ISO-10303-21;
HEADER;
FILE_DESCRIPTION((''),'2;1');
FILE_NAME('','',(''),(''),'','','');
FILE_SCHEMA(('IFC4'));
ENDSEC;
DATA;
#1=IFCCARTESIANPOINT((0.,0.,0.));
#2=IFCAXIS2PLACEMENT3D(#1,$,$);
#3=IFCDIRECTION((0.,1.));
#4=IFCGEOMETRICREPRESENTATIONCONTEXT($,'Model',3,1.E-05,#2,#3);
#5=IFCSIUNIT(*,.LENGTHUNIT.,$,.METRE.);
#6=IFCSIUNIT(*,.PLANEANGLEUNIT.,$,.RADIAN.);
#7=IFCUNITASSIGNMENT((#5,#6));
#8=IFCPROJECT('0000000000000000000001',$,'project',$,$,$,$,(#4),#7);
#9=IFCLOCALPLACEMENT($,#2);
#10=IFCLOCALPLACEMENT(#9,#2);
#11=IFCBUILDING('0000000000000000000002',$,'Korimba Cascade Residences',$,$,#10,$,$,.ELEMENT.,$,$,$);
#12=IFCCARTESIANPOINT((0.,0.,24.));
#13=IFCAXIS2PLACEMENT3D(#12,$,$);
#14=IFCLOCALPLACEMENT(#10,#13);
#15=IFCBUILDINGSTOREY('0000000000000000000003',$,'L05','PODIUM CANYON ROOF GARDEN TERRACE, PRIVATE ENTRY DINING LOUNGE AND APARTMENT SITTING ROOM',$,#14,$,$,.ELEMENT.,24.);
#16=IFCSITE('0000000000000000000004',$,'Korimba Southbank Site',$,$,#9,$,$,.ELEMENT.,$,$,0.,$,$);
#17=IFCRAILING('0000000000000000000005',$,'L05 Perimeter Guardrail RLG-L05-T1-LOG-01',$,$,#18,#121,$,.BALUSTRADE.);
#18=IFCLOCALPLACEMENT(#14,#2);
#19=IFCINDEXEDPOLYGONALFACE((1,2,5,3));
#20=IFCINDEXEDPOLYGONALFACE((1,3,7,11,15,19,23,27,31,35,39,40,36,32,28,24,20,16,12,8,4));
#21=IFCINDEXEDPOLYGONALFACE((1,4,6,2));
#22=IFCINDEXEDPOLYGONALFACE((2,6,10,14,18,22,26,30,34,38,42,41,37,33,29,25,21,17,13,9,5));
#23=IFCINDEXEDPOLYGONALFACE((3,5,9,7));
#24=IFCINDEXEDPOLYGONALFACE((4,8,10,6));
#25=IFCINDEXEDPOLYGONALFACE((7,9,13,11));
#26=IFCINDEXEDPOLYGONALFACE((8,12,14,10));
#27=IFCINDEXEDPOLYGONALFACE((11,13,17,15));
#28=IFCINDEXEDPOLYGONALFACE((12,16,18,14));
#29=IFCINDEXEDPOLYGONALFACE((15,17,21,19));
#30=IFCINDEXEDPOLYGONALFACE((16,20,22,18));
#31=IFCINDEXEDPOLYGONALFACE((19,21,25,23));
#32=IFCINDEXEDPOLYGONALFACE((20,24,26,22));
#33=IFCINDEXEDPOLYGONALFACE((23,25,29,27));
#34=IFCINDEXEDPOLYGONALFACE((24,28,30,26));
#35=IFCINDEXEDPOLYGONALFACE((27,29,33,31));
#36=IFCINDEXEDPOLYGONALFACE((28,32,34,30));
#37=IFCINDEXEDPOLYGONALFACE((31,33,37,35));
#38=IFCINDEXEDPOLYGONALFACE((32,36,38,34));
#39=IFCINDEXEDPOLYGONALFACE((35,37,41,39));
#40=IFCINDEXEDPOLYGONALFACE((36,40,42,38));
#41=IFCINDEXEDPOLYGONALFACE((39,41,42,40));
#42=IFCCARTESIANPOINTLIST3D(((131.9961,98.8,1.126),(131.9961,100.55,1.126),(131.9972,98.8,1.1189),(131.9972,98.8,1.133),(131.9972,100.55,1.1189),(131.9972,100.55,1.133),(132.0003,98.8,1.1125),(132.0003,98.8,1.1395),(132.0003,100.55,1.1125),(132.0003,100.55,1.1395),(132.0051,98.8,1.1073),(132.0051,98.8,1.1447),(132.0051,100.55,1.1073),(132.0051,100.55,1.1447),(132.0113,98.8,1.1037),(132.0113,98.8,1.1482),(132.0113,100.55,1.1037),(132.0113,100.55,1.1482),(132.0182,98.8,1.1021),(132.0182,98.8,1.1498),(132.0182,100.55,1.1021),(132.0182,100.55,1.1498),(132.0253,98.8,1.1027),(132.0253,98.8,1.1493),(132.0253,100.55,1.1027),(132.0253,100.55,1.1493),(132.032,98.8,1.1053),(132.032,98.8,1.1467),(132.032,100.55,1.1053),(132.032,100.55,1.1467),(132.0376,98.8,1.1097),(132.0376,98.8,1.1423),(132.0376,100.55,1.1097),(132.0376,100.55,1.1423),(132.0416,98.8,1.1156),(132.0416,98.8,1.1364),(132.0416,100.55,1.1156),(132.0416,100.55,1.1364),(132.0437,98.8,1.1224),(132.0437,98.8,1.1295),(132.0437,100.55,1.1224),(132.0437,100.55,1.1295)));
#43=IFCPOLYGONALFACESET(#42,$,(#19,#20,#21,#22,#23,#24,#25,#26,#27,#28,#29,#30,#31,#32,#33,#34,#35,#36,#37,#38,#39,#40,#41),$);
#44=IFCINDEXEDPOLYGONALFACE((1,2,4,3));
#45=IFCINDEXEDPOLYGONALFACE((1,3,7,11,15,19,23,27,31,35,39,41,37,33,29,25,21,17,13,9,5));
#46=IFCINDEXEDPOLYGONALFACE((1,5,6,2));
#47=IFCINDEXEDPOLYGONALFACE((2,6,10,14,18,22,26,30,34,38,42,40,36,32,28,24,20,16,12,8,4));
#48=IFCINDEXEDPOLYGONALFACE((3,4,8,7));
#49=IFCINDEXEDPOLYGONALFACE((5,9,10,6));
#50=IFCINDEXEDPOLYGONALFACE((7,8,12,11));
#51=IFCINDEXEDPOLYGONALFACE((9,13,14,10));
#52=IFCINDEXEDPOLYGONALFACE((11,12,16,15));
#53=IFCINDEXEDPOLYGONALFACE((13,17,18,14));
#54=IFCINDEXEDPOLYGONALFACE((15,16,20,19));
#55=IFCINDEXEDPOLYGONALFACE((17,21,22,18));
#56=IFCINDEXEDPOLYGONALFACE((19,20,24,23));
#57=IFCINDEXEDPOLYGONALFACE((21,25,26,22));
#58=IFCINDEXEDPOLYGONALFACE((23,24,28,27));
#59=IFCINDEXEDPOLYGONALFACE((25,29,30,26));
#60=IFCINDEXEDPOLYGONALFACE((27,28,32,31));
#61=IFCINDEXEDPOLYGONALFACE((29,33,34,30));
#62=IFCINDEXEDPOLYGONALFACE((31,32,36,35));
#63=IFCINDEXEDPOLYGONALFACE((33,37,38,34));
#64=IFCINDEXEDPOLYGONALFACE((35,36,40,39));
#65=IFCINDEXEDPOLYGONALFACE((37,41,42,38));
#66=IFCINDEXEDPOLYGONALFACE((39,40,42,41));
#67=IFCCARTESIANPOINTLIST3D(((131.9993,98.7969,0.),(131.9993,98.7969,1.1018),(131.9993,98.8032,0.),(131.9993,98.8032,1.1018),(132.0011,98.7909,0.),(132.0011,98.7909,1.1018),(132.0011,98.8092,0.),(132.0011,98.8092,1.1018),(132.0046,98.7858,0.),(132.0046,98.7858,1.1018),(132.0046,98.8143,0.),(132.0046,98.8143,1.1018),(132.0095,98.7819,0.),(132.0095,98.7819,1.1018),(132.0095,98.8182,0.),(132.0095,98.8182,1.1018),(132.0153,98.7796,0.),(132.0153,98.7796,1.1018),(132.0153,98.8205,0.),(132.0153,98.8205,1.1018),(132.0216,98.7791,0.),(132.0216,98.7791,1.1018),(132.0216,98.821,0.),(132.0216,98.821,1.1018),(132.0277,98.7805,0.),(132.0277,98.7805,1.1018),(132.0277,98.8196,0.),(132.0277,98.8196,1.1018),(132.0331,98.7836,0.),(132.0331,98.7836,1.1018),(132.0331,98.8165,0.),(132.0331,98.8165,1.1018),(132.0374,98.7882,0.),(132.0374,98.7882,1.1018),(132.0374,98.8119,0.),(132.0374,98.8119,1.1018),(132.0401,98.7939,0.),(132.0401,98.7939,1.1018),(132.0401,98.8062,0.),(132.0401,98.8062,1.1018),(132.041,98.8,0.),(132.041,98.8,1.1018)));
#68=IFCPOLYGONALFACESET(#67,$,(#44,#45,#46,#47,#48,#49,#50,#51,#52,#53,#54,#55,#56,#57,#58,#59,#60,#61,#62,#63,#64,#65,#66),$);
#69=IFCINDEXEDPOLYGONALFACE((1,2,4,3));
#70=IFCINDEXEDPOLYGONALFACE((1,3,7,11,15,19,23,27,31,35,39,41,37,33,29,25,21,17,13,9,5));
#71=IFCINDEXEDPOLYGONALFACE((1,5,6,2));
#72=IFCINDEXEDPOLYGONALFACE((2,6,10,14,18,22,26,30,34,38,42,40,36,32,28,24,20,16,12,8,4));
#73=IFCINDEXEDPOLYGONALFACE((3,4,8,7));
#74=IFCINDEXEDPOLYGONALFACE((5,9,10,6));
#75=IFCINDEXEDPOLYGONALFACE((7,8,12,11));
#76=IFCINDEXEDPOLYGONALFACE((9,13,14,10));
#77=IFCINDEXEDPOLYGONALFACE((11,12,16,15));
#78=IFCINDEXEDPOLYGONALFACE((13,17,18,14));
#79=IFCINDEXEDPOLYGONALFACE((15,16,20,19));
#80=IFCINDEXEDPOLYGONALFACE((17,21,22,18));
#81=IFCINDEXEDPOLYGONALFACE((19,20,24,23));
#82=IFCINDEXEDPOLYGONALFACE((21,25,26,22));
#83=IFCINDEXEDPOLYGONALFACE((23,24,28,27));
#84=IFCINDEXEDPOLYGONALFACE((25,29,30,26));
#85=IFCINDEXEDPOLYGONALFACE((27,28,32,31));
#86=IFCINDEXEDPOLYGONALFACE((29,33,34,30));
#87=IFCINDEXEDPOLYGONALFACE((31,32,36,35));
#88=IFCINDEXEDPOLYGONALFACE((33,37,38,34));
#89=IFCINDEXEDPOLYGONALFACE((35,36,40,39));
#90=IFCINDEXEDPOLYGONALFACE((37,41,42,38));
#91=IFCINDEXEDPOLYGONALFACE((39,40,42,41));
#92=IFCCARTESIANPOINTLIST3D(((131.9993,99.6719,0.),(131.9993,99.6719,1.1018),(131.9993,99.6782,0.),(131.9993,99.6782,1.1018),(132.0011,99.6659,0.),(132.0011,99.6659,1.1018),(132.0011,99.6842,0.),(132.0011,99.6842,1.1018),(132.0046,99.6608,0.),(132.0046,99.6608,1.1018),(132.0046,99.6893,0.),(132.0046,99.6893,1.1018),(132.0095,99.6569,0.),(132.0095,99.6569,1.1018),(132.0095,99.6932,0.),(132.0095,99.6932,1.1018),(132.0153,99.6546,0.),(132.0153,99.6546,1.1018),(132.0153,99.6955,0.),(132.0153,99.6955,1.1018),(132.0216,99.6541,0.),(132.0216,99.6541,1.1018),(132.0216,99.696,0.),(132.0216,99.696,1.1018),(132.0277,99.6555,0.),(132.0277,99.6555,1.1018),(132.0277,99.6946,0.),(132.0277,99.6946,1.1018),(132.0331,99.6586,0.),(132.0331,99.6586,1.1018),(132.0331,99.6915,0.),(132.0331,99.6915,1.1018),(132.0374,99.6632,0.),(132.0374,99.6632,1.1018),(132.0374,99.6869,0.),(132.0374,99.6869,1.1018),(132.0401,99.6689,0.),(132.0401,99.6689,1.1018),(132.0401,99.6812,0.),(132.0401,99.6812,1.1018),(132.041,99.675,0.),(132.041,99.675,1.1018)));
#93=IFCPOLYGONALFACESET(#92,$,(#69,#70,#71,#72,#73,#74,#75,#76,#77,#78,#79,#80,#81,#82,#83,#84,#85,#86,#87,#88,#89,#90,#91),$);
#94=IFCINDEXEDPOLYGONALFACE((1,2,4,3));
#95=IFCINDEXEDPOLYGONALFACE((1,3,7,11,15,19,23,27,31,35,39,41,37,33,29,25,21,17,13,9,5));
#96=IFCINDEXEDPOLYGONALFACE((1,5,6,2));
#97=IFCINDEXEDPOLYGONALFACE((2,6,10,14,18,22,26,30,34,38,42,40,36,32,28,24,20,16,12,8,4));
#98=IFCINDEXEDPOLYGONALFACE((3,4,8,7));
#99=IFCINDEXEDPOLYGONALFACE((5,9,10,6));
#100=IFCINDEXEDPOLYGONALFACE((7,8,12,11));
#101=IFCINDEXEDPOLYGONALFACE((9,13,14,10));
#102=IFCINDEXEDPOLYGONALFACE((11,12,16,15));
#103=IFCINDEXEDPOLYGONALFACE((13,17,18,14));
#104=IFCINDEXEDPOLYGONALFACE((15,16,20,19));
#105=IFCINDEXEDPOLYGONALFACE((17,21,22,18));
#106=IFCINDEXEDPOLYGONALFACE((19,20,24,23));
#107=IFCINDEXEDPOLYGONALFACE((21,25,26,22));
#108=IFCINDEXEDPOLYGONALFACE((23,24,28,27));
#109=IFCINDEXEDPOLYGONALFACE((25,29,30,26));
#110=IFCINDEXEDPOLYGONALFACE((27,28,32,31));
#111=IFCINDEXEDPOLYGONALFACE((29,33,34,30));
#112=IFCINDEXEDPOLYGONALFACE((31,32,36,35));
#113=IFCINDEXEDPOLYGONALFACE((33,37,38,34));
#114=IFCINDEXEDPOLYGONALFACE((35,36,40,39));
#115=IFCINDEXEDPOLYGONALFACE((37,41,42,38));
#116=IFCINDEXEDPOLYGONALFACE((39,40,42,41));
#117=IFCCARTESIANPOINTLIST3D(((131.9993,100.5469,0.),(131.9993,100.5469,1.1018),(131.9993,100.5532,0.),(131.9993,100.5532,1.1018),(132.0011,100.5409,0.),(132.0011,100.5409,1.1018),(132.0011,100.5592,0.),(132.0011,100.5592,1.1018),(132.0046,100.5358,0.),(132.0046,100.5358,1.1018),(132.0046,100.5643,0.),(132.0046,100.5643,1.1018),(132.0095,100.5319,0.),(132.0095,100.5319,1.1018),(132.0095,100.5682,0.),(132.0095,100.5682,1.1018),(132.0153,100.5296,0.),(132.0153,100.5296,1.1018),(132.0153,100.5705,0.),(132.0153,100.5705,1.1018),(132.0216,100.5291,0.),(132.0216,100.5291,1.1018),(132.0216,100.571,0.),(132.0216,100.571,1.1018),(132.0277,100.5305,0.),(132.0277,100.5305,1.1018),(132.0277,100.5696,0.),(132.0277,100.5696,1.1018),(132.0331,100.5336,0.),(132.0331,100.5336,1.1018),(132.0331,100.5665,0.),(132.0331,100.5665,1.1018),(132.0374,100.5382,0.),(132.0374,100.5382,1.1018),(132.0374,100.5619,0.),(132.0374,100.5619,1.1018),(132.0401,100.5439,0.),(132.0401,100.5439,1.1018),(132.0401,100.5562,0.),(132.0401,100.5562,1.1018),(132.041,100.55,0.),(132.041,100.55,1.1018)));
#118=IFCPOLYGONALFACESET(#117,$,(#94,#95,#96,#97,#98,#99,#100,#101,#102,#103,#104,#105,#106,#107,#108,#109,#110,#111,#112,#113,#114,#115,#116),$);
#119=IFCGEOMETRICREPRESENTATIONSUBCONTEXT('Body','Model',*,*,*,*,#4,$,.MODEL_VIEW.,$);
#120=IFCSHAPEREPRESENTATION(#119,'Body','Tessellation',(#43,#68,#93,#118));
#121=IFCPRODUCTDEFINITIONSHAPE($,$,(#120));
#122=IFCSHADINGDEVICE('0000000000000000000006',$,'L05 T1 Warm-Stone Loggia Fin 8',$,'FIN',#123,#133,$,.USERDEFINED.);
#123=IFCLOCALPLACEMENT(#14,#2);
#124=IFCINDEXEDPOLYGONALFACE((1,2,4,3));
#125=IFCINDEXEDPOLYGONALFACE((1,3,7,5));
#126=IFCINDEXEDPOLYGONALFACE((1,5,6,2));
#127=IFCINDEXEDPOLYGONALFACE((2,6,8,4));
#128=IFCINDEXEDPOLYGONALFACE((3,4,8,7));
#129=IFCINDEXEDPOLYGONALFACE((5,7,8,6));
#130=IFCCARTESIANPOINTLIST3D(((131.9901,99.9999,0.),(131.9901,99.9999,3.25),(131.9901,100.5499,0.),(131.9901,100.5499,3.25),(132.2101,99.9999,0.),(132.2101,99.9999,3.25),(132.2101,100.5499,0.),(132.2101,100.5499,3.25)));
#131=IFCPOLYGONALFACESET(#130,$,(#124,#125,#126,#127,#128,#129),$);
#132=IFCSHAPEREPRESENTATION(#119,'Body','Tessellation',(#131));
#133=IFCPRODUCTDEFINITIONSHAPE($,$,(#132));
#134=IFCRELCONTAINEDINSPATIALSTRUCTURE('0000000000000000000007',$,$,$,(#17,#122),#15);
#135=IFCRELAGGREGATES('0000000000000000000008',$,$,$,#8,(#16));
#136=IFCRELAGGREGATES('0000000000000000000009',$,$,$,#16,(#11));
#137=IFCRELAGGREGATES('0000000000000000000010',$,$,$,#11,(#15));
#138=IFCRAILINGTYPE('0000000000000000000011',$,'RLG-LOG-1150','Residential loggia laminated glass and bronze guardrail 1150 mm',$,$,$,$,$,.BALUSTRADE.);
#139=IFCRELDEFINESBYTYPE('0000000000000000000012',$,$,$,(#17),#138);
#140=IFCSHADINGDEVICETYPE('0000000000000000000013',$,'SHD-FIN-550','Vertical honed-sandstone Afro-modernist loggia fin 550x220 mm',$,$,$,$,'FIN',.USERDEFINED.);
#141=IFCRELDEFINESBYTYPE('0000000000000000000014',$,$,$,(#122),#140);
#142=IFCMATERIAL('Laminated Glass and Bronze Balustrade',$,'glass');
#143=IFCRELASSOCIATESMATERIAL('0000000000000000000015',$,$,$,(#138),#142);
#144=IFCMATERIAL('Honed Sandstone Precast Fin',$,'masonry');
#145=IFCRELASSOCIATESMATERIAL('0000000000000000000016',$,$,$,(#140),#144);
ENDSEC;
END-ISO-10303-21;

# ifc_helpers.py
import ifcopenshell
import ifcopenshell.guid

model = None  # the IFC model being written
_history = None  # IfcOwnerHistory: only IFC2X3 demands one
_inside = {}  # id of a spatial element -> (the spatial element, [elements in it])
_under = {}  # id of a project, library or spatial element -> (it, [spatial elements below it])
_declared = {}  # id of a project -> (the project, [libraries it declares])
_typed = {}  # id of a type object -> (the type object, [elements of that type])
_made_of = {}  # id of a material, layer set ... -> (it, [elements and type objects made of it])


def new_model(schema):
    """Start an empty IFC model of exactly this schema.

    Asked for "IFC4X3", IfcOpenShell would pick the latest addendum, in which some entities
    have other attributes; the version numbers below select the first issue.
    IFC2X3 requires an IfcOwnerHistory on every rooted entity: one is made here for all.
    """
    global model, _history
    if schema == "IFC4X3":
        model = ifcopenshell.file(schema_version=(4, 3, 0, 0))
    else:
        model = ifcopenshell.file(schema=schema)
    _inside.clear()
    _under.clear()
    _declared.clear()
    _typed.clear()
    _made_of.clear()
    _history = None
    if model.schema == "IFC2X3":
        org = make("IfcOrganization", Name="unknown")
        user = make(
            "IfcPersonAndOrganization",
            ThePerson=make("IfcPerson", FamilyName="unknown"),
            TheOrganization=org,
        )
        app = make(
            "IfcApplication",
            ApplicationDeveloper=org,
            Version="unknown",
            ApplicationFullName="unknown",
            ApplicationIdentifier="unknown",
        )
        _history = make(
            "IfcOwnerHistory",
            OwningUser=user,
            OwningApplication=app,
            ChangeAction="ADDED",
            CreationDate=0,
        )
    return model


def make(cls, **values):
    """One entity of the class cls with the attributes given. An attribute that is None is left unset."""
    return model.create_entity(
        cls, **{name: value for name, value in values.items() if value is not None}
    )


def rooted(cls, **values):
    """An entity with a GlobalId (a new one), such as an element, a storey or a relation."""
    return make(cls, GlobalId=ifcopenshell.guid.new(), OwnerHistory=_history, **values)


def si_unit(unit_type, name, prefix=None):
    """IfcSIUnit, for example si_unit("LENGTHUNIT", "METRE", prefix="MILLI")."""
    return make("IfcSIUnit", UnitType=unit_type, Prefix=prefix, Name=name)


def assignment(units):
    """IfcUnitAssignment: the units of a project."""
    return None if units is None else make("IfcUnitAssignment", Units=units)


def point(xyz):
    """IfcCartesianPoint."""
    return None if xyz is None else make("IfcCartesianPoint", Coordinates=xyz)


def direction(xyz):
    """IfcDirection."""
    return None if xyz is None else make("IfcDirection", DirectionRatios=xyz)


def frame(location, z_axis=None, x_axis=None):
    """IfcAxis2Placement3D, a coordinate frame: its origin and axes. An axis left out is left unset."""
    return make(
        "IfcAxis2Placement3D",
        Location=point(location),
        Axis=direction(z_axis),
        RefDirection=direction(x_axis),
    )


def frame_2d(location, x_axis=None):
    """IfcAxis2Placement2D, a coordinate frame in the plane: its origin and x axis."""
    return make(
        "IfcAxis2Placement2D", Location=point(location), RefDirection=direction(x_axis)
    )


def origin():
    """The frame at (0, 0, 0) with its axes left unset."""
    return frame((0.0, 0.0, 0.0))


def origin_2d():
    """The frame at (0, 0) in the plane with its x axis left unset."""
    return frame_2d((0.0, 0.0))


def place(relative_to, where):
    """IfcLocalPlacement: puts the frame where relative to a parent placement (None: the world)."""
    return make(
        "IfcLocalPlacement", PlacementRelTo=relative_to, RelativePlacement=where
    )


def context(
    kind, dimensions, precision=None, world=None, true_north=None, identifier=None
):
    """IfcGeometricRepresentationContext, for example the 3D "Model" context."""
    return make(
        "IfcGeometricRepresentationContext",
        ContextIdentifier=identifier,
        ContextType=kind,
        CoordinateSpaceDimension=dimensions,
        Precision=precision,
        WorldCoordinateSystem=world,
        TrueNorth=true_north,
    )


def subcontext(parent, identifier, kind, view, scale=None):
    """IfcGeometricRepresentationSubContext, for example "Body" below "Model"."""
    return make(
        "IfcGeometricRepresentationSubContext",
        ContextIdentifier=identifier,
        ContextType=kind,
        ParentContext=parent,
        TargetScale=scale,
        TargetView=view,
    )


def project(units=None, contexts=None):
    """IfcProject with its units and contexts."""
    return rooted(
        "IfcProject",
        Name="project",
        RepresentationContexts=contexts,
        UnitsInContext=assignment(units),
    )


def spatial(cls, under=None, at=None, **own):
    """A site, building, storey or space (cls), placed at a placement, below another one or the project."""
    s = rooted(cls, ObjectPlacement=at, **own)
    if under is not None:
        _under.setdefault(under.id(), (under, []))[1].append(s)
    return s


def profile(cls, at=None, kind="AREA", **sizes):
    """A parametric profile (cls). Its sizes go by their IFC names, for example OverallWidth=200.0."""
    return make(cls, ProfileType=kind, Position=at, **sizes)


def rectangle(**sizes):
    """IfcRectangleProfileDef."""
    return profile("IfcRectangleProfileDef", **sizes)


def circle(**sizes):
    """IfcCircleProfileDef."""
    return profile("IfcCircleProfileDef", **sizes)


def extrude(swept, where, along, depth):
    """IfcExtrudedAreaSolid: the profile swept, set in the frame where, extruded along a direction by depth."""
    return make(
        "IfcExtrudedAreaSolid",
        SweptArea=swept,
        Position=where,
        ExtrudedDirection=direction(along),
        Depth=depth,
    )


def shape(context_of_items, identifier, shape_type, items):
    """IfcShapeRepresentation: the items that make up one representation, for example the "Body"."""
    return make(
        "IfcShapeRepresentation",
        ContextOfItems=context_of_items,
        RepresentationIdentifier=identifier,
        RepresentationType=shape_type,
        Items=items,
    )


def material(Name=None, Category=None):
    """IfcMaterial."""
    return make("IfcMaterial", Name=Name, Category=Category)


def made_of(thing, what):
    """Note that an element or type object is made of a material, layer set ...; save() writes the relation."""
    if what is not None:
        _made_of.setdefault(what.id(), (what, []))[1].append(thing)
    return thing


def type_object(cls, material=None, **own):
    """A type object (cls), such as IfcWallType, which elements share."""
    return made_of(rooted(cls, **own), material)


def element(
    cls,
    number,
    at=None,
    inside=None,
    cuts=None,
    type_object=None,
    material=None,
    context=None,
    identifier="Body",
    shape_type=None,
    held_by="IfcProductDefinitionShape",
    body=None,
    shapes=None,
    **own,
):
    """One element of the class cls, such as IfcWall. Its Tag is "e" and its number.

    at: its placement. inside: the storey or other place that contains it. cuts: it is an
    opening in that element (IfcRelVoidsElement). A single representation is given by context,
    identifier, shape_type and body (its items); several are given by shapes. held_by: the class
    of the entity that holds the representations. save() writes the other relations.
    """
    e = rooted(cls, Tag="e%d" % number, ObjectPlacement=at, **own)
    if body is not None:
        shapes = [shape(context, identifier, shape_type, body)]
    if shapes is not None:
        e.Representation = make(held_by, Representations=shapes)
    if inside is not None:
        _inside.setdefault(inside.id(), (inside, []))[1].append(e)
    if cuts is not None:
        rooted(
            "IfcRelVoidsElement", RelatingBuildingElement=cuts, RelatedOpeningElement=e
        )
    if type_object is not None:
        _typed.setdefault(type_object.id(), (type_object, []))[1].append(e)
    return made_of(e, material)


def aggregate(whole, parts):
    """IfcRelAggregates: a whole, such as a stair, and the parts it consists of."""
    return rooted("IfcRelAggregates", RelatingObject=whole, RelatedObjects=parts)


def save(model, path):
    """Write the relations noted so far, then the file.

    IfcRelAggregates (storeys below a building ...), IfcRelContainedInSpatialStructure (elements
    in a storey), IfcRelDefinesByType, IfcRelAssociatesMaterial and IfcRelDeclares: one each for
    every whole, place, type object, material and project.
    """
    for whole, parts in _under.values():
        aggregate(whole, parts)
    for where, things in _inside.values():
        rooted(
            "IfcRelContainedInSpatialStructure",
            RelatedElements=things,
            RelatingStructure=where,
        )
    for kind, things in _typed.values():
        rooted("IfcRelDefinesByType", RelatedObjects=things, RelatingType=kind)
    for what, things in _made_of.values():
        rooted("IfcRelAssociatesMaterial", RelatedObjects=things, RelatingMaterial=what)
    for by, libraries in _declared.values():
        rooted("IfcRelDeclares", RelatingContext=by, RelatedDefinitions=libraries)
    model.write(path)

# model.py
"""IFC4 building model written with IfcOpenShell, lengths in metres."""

from ifc_helpers import new_model, si_unit, direction, frame, origin, origin_2d, place, context, subcontext, project, spatial, rectangle, circle, extrude, material, type_object, element, save


model = new_model("IFC4")

# Units and contexts
model_context = context("Model", 3, precision=1e-05, world=origin(), true_north=direction((0.0, 1.0)))
body_context = subcontext(model_context, "Body", "Model", "MODEL_VIEW")
ifc_project = project(units=[si_unit("LENGTHUNIT", "METRE"), si_unit("PLANEANGLEUNIT", "RADIAN")], contexts=[model_context])

# Site, building, storey
site_placement = place(None, origin())
site = spatial("IfcSite", under=ifc_project, at=site_placement, Name="Korimba Southbank Site", CompositionType="ELEMENT", RefElevation=0.0)
building_placement = place(site_placement, origin())
building = spatial("IfcBuilding", under=site, at=building_placement, Name="Korimba Cascade Residences", CompositionType="ELEMENT")
storey_placement = place(building_placement, frame((0.0, 0.0, 24.0)))
storey = spatial("IfcBuildingStorey", under=building, at=storey_placement, Name="L05", Description="PODIUM CANYON ROOF GARDEN TERRACE, PRIVATE ENTRY DINING LOUNGE AND APARTMENT SITTING ROOM", CompositionType="ELEMENT", Elevation=24.0)

# Railing
ifc_material_1 = material(Name="Laminated Glass and Bronze Balustrade", Category="glass")
railing_type = type_object("IfcRailingType", Name="RLG-LOG-1150", Description="Residential loggia laminated glass and bronze guardrail 1150 mm", PredefinedType="BALUSTRADE", material=ifc_material_1)
railing_1_placement = place(storey_placement, frame((132.02, 98.8, 0.0)))
element("IfcRailing", 1, at=railing_1_placement, inside=storey, type_object=railing_type, Name="L05 Perimeter Guardrail RLG-L05-T1-LOG-01", PredefinedType="BALUSTRADE", context=body_context, shape_type="SweptSolid", body=[
    extrude(circle(Radius=0.0239, at=origin_2d()), frame((0.0, 0.0, 1.126), z_axis=(0.0, 1.0, 0.0), x_axis=(-1.0, 0.0, 0.0)), (0.0, 0.0, 1.0), 1.75),
    extrude(circle(Radius=0.021, at=origin_2d()), origin(), (0.0, 0.0, 1.0), 1.1018),
    extrude(circle(Radius=0.021, at=origin_2d()), frame((0.0, 0.875, 0.0)), (0.0, 0.0, 1.0), 1.1018),
    extrude(circle(Radius=0.021, at=origin_2d()), frame((0.0, 1.75, 0.0)), (0.0, 0.0, 1.0), 1.1018),
])

# Shading device
ifc_material_2 = material(Name="Honed Sandstone Precast Fin", Category="masonry")
shading_device_type = type_object("IfcShadingDeviceType", Name="SHD-FIN-550", Description="Vertical honed-sandstone Afro-modernist loggia fin 550x220 mm", ElementType="FIN", PredefinedType="USERDEFINED", material=ifc_material_2)
shading_device_placement = place(storey_placement, frame((132.1001, 100.2749, 0.0), z_axis=(0.0, 0.0, 1.0), x_axis=(1.0, 0.0, 0.0)))
element("IfcShadingDevice", 2, at=shading_device_placement, inside=storey, type_object=shading_device_type, Name="L05 T1 Warm-Stone Loggia Fin 8", ObjectType="FIN", PredefinedType="USERDEFINED", context=body_context, shape_type="SweptSolid", body=[
    extrude(rectangle(XDim=0.22, YDim=0.55, at=origin_2d()), origin(), (0.0, 0.0, 1.0), 3.25),
])

save(model, "model.ifc")
